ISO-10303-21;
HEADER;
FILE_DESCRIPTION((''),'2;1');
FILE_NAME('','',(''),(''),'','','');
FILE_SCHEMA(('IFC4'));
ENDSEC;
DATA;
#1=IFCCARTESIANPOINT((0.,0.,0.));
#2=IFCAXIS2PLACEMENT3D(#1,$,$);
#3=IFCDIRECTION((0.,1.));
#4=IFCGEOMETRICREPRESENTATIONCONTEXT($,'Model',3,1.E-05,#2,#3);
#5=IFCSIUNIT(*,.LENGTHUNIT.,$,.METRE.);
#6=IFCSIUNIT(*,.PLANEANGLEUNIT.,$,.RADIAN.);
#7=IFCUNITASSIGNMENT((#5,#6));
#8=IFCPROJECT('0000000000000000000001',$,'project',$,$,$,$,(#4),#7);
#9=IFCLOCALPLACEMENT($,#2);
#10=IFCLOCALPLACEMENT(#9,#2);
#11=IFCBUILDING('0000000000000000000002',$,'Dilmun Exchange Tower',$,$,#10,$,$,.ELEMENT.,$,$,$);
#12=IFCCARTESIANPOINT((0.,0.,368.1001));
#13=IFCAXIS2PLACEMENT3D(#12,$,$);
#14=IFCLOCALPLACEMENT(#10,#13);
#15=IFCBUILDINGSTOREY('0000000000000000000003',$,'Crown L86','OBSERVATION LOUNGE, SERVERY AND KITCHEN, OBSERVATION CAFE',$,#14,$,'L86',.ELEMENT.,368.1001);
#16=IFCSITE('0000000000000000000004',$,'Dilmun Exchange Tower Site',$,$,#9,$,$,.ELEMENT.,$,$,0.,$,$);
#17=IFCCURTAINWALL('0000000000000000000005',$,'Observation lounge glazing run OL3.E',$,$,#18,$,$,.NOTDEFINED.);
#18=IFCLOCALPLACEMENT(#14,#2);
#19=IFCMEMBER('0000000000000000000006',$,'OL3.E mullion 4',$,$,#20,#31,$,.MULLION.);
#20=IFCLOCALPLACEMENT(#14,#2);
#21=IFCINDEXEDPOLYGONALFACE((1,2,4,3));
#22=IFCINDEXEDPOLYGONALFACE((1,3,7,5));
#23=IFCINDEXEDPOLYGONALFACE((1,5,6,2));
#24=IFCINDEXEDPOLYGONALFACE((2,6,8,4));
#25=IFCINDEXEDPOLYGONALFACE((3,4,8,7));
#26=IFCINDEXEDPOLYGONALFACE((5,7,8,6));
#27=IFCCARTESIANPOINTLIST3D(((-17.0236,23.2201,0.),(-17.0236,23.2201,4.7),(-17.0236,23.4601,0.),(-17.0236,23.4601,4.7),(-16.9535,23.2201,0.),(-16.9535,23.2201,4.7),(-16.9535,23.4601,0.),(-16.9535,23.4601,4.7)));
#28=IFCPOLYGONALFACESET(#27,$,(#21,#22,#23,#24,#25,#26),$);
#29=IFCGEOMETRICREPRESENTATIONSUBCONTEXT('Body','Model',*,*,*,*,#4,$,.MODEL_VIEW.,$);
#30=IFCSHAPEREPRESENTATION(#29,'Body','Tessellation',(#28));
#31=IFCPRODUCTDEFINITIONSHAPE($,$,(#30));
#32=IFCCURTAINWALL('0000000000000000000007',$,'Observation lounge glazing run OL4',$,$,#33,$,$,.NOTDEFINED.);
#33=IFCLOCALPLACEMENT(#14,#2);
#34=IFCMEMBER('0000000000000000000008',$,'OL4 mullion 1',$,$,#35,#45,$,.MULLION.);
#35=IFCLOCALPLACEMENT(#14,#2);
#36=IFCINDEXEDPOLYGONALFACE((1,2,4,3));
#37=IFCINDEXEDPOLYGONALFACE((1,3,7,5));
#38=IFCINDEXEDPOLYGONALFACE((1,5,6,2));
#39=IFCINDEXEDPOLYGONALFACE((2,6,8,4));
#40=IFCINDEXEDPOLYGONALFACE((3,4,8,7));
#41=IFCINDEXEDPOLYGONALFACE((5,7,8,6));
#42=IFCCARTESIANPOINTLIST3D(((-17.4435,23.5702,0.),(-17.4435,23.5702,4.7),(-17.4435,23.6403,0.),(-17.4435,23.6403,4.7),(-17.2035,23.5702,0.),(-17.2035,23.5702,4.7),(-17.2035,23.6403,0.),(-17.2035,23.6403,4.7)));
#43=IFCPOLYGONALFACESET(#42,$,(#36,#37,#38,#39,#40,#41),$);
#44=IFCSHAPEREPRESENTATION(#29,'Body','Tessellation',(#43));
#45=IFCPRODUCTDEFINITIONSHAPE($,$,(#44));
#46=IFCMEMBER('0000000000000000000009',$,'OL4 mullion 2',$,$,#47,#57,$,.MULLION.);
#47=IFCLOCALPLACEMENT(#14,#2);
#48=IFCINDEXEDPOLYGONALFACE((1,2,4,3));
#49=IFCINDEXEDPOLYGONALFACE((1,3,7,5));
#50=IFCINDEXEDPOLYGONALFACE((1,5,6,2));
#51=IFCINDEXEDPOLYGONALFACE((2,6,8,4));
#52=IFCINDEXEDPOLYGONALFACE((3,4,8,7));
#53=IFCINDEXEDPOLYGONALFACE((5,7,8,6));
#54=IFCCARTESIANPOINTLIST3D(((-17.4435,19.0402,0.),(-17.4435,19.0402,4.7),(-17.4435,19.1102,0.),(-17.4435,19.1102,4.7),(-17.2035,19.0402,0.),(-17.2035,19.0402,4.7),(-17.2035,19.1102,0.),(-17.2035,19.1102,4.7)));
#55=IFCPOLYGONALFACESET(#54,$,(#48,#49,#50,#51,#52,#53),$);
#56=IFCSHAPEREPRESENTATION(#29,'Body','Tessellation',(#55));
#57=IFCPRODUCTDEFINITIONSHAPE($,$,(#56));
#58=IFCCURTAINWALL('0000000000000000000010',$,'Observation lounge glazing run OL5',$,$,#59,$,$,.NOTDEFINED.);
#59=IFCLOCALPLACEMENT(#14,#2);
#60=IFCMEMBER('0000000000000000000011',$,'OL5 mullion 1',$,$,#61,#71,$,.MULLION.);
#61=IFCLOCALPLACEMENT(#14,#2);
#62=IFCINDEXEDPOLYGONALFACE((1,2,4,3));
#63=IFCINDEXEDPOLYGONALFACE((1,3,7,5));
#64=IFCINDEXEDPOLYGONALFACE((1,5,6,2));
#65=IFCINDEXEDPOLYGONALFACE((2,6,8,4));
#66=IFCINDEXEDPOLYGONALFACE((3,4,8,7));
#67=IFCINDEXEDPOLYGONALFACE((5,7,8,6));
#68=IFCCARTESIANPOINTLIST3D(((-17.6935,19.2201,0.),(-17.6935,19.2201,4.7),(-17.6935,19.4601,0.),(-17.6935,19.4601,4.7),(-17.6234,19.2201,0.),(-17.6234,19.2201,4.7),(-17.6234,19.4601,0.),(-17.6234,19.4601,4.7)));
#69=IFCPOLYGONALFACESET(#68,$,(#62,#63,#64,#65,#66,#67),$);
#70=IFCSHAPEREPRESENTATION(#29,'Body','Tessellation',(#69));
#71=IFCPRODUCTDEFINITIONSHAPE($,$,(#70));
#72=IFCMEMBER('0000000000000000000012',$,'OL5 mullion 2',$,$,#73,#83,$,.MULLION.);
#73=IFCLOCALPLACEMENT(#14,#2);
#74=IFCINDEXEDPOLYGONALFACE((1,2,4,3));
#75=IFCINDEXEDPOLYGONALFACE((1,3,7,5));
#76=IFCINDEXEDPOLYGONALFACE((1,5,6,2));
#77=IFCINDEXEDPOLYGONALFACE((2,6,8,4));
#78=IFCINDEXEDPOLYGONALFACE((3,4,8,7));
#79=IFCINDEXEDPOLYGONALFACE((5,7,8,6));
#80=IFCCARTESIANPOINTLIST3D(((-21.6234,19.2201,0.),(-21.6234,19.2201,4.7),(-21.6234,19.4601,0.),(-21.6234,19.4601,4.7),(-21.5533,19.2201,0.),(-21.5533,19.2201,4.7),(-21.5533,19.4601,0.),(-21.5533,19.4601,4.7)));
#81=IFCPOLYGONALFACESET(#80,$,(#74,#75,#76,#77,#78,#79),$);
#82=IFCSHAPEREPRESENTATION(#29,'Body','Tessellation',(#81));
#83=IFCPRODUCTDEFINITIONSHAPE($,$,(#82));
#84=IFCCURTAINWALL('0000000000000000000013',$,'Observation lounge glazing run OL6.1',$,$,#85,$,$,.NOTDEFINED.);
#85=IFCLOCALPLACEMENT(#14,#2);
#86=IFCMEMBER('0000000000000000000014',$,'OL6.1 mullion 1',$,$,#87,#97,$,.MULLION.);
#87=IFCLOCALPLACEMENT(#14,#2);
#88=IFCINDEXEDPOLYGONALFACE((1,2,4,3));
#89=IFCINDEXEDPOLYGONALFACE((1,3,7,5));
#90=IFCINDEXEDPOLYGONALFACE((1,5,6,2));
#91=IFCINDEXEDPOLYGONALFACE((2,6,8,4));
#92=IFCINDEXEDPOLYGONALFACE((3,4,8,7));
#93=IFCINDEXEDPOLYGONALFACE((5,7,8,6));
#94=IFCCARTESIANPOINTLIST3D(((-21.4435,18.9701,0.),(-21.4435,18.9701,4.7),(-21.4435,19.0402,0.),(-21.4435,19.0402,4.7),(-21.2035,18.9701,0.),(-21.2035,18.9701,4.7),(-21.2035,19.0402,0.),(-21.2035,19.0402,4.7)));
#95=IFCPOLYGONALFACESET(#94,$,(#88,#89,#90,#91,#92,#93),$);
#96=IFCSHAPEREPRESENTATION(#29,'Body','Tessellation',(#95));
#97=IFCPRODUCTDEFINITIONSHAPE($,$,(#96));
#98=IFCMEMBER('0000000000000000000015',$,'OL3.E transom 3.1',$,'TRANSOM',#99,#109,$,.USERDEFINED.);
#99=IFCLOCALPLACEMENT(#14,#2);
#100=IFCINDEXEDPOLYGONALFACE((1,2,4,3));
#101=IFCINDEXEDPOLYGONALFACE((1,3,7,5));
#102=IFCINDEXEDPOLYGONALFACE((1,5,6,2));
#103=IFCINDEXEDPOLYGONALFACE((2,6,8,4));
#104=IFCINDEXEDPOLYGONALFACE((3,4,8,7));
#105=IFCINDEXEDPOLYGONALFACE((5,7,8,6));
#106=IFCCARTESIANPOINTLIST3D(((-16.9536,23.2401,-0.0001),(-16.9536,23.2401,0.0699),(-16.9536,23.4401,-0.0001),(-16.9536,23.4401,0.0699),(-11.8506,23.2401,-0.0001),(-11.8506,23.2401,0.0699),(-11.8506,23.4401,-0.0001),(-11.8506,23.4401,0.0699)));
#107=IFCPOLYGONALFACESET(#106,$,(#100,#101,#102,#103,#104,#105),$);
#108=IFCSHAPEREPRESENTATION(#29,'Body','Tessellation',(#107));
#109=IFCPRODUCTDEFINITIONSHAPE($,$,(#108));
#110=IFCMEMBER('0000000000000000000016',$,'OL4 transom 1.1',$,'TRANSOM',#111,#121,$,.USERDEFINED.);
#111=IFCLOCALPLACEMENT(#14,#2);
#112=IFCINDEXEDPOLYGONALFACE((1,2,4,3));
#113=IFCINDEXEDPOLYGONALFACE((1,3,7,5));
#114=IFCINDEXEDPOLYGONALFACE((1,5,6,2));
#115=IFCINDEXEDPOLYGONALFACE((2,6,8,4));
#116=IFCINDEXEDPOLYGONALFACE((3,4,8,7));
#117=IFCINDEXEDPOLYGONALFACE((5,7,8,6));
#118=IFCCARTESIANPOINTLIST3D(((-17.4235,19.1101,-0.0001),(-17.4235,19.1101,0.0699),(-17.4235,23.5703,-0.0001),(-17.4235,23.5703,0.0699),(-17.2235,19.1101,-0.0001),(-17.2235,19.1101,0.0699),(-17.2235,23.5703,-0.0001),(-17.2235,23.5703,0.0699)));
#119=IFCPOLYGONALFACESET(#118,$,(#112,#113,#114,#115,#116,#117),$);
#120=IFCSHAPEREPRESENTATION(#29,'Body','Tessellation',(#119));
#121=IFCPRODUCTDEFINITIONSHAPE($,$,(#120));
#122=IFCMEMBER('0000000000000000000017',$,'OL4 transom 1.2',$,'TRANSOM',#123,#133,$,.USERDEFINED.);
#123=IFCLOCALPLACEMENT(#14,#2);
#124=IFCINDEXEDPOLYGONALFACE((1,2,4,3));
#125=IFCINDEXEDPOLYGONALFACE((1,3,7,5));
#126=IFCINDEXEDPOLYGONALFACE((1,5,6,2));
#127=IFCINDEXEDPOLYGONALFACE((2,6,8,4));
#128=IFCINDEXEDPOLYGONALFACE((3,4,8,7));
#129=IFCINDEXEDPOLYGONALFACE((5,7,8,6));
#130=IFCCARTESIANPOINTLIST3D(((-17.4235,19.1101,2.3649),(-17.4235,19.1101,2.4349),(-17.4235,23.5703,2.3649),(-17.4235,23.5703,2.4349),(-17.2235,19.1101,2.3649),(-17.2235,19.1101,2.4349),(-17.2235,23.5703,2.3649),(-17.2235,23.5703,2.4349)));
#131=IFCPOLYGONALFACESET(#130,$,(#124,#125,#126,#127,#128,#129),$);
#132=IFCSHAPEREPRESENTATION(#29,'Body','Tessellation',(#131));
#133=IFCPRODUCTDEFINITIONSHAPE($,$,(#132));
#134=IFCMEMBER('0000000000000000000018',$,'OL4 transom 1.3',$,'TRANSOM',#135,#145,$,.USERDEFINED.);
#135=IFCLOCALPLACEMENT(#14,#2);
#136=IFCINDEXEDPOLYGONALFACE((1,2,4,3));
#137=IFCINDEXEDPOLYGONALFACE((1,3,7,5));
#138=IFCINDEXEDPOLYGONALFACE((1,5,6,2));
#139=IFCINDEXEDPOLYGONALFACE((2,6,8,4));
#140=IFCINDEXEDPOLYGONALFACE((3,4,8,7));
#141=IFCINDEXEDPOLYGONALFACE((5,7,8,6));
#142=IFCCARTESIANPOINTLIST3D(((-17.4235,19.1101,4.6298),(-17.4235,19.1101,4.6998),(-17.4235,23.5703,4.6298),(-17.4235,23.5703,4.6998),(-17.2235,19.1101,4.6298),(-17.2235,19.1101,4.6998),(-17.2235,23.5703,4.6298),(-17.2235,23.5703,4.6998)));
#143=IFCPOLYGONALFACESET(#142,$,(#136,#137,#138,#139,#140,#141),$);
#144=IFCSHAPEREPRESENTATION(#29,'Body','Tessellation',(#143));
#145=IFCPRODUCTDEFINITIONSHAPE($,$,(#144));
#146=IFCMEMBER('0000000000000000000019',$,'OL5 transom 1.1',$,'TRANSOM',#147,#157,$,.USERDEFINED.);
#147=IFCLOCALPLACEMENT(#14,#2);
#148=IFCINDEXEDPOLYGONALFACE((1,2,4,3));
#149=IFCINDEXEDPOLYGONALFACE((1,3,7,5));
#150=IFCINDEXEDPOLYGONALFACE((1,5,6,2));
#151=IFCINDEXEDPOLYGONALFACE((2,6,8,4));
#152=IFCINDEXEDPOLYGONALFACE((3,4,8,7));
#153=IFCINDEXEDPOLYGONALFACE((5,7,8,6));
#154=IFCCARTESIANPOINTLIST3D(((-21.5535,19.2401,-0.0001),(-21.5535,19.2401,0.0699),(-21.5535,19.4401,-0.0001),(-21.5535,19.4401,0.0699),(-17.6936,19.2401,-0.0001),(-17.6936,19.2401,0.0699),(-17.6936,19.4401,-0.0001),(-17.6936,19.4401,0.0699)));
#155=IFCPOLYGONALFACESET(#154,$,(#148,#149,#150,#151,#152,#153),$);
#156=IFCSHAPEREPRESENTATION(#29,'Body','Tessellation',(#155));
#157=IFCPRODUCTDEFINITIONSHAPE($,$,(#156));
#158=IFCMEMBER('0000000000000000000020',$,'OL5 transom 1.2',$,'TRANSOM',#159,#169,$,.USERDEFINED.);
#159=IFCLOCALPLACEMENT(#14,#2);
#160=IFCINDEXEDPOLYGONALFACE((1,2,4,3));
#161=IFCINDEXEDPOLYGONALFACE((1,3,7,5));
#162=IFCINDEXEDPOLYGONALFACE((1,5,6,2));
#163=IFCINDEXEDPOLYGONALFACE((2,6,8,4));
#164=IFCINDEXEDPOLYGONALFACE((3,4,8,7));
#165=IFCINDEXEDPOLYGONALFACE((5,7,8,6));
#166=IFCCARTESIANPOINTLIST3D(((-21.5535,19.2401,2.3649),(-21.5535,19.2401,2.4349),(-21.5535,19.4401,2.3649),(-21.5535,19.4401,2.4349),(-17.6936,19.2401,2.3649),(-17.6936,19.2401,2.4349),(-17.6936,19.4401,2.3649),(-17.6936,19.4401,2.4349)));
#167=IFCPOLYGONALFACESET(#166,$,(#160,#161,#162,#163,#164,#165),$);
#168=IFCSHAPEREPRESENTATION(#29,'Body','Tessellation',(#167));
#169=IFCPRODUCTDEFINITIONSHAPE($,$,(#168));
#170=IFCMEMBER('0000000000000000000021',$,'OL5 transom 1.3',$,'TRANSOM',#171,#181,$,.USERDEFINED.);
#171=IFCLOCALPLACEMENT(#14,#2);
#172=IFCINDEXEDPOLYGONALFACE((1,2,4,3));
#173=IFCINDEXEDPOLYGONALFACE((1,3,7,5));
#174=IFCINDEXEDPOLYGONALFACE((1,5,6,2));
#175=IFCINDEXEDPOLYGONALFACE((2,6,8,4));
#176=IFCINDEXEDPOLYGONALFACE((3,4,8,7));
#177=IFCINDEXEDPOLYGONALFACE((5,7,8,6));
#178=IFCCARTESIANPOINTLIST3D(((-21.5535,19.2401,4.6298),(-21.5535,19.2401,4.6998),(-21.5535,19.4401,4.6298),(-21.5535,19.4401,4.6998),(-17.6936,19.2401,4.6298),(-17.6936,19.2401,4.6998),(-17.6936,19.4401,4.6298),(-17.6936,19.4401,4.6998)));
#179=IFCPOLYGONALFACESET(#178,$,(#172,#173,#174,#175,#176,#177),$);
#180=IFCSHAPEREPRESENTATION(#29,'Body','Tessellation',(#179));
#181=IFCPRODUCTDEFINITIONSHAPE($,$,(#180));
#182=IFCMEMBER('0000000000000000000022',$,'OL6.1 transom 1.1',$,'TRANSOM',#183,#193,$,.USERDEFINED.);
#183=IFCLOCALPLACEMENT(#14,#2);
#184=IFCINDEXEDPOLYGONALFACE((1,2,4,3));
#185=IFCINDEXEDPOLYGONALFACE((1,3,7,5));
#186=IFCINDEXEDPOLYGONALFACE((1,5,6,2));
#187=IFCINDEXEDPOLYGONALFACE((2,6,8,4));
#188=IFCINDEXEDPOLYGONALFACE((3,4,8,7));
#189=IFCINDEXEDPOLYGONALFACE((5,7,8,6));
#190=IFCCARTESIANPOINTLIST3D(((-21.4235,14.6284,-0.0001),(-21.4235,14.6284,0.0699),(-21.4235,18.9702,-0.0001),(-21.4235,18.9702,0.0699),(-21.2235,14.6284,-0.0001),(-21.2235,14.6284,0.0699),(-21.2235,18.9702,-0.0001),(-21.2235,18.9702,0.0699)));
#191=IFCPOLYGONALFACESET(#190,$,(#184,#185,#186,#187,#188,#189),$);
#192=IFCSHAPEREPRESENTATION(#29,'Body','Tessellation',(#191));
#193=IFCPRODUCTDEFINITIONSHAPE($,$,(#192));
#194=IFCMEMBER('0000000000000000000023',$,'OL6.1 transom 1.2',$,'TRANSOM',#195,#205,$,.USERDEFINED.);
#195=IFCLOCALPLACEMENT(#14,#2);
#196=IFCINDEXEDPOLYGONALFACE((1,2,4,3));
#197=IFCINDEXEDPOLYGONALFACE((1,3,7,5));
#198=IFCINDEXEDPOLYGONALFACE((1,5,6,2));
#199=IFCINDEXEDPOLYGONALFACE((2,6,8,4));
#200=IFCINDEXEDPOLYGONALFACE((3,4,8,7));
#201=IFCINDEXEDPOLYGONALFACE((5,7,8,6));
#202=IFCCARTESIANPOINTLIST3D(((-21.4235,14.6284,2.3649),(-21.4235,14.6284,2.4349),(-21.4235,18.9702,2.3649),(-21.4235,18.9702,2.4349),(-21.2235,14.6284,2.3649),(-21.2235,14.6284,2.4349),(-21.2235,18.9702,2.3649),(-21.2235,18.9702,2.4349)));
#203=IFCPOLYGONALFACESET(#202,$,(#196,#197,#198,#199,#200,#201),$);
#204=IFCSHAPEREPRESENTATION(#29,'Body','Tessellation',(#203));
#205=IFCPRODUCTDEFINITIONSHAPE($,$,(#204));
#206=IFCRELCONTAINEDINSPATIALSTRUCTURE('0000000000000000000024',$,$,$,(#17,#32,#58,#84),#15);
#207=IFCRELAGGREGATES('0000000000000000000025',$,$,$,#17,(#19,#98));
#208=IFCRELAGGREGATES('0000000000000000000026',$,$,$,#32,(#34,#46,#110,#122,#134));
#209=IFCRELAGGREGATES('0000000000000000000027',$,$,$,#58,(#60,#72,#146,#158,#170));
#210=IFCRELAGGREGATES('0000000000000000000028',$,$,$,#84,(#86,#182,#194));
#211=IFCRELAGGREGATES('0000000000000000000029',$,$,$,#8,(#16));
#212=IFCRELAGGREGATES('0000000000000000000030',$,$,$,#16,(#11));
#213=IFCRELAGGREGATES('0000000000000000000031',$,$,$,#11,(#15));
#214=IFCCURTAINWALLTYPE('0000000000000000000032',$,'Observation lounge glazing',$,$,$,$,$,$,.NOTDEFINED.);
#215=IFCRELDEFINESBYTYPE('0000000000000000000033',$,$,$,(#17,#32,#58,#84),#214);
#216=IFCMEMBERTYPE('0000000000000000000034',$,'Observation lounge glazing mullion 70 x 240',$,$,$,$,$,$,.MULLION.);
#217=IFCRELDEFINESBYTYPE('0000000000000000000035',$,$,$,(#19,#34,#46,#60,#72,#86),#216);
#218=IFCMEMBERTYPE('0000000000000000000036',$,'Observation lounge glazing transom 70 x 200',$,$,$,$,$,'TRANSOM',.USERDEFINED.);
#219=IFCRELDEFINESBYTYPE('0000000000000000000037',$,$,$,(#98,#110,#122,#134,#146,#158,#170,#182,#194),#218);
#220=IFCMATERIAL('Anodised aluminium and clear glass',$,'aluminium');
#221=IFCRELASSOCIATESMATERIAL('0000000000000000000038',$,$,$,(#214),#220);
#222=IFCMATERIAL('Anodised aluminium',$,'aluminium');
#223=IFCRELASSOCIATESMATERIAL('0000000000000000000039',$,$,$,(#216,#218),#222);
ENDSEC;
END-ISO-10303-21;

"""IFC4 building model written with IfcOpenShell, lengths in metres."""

from ifc_helpers import new_model, si_unit, direction, frame, origin, origin_2d, place, context, subcontext, project, spatial, rectangle, extrude, material, material_profile, profile_set, type_object, element, aggregate, save


model = new_model("IFC4")

# Units and contexts
model_context = context("Model", 3, precision=1e-05, world=origin(), true_north=direction((0.0, 1.0)))
body_context = subcontext(model_context, "Body", "Model", "MODEL_VIEW")
ifc_project = project(units=[si_unit("LENGTHUNIT", "METRE"), si_unit("PLANEANGLEUNIT", "RADIAN")], contexts=[model_context])

# Site, building, storey
site_placement = place(None, origin())
site = spatial("IfcSite", under=ifc_project, at=site_placement, Name="Dilmun Exchange Tower Site", CompositionType="ELEMENT", RefElevation=0.0)
building_placement = place(site_placement, origin())
building = spatial("IfcBuilding", under=site, at=building_placement, Name="Dilmun Exchange Tower", CompositionType="ELEMENT")
storey_placement = place(building_placement, frame((0.0, 0.0, 368.1001)))
storey = spatial("IfcBuildingStorey", under=building, at=storey_placement, Name="Crown L86", Description="OBSERVATION LOUNGE, SERVERY AND KITCHEN, OBSERVATION CAFE", LongName="L86", CompositionType="ELEMENT", Elevation=368.1001)

# Curtain wall, member
ifc_material_1 = material(Name="Anodised aluminium and clear glass", Category="aluminium")
curtain_wall_type = type_object("IfcCurtainWallType", Name="Observation lounge glazing", PredefinedType="NOTDEFINED", material=ifc_material_1)
curtain_wall_1_placement = place(storey_placement, origin())
curtain_wall_1 = element("IfcCurtainWall", 1, at=curtain_wall_1_placement, inside=storey, type_object=curtain_wall_type, Name="Observation lounge glazing run OL3.E", PredefinedType="NOTDEFINED")
ifc_material_2 = material(Name="Anodised aluminium", Category="aluminium")
ifc_material_profile_1 = material_profile(ifc_material_2, rectangle(XDim=0.24, YDim=0.0701, at=origin_2d()), Name="AL 70x240")
ifc_profile_set_1 = profile_set([ifc_material_profile_1], Name="Anodised aluminium")
member_type_1 = type_object("IfcMemberType", Name="Observation lounge glazing mullion 70 x 240", PredefinedType="MULLION", material=ifc_profile_set_1)
member_1_placement = place(storey_placement, frame((-16.9885, 23.3401, 0.0), z_axis=(0.0, 0.0, 1.0), x_axis=(0.0, -1.0, 0.0)))
member_1 = element("IfcMember", 2, at=member_1_placement, type_object=member_type_1, Name="OL3.E mullion 4", PredefinedType="MULLION", context=body_context, shape_type="SweptSolid", body=[
    extrude(rectangle(XDim=0.24, YDim=0.0701, at=origin_2d()), origin(), (0.0, 0.0, 1.0), 4.7),
])

# Curtain walls, members
curtain_wall_2_placement = place(storey_placement, origin())
curtain_wall_2 = element("IfcCurtainWall", 3, at=curtain_wall_2_placement, inside=storey, type_object=curtain_wall_type, Name="Observation lounge glazing run OL4", PredefinedType="NOTDEFINED")
member_2_placement = place(storey_placement, frame((-17.3235, 23.6052, 0.0), z_axis=(0.0, 0.0, 1.0), x_axis=(1.0, 0.0, 0.0)))
member_2 = element("IfcMember", 4, at=member_2_placement, type_object=member_type_1, Name="OL4 mullion 1", PredefinedType="MULLION", context=body_context, shape_type="SweptSolid", body=[
    extrude(rectangle(XDim=0.24, YDim=0.0701, at=origin_2d()), origin(), (0.0, 0.0, 1.0), 4.7),
])
member_3_placement = place(storey_placement, frame((-17.3235, 19.0752, 0.0), z_axis=(0.0, 0.0, 1.0), x_axis=(1.0, 0.0, 0.0)))
member_3 = element("IfcMember", 5, at=member_3_placement, type_object=member_type_1, Name="OL4 mullion 2", PredefinedType="MULLION", context=body_context, shape_type="SweptSolid", body=[
    extrude(rectangle(XDim=0.24, YDim=0.0701, at=origin_2d()), origin(), (0.0, 0.0, 1.0), 4.7),
])
curtain_wall_3_placement = place(storey_placement, origin())
curtain_wall_3 = element("IfcCurtainWall", 6, at=curtain_wall_3_placement, inside=storey, type_object=curtain_wall_type, Name="Observation lounge glazing run OL5", PredefinedType="NOTDEFINED")
member_4_placement = place(storey_placement, frame((-17.6584, 19.3401, 0.0), z_axis=(0.0, 0.0, 1.0), x_axis=(0.0, -1.0, 0.0)))
member_4 = element("IfcMember", 7, at=member_4_placement, type_object=member_type_1, Name="OL5 mullion 1", PredefinedType="MULLION", context=body_context, shape_type="SweptSolid", body=[
    extrude(rectangle(XDim=0.24, YDim=0.0701, at=origin_2d()), origin(), (0.0, 0.0, 1.0), 4.7),
])
member_5_placement = place(storey_placement, frame((-21.5884, 19.3401, 0.0), z_axis=(0.0, 0.0, 1.0), x_axis=(0.0, -1.0, 0.0)))
member_5 = element("IfcMember", 8, at=member_5_placement, type_object=member_type_1, Name="OL5 mullion 2", PredefinedType="MULLION", context=body_context, shape_type="SweptSolid", body=[
    extrude(rectangle(XDim=0.24, YDim=0.0701, at=origin_2d()), origin(), (0.0, 0.0, 1.0), 4.7),
])

# Curtain wall, member
curtain_wall_4_placement = place(storey_placement, origin())
curtain_wall_4 = element("IfcCurtainWall", 9, at=curtain_wall_4_placement, inside=storey, type_object=curtain_wall_type, Name="Observation lounge glazing run OL6.1", PredefinedType="NOTDEFINED")
member_6_placement = place(storey_placement, frame((-21.3235, 19.0051, 0.0), z_axis=(0.0, 0.0, 1.0), x_axis=(1.0, 0.0, 0.0)))
member_6 = element("IfcMember", 10, at=member_6_placement, type_object=member_type_1, Name="OL6.1 mullion 1", PredefinedType="MULLION", context=body_context, shape_type="SweptSolid", body=[
    extrude(rectangle(XDim=0.24, YDim=0.0701, at=origin_2d()), origin(), (0.0, 0.0, 1.0), 4.7),
])

# Members
ifc_material_profile_2 = material_profile(ifc_material_2, rectangle(XDim=0.2, YDim=0.0701, at=origin_2d()), Name="AL 70x200")
ifc_profile_set_2 = profile_set([ifc_material_profile_2], Name="Anodised aluminium")
member_type_2 = type_object("IfcMemberType", Name="Observation lounge glazing transom 70 x 200", ElementType="TRANSOM", PredefinedType="USERDEFINED", material=ifc_profile_set_2)
member_7_placement = place(storey_placement, frame((-11.8506, 23.3401, 0.0349), z_axis=(-1.0, 0.0, 0.0), x_axis=(0.0, -1.0, 0.0)))
member_7 = element("IfcMember", 11, at=member_7_placement, type_object=member_type_2, Name="OL3.E transom 3.1", ObjectType="TRANSOM", PredefinedType="USERDEFINED", context=body_context, shape_type="SweptSolid", body=[
    extrude(rectangle(XDim=0.2, YDim=0.0701, at=origin_2d()), origin(), (0.0, 0.0, 1.0), 5.103),
])
member_8_placement = place(storey_placement, frame((-17.3235, 23.5703, 0.0349), z_axis=(0.0, -1.0, 0.0), x_axis=(1.0, 0.0, 0.0)))
member_8 = element("IfcMember", 12, at=member_8_placement, type_object=member_type_2, Name="OL4 transom 1.1", ObjectType="TRANSOM", PredefinedType="USERDEFINED", context=body_context, shape_type="SweptSolid", body=[
    extrude(rectangle(XDim=0.2, YDim=0.0701, at=origin_2d()), origin(), (0.0, 0.0, 1.0), 4.4602),
])
member_9_placement = place(storey_placement, frame((-17.3235, 23.5703, 2.3999), z_axis=(0.0, -1.0, 0.0), x_axis=(1.0, 0.0, 0.0)))
member_9 = element("IfcMember", 13, at=member_9_placement, type_object=member_type_2, Name="OL4 transom 1.2", ObjectType="TRANSOM", PredefinedType="USERDEFINED", context=body_context, shape_type="SweptSolid", body=[
    extrude(rectangle(XDim=0.2, YDim=0.0701, at=origin_2d()), origin(), (0.0, 0.0, 1.0), 4.4602),
])
member_10_placement = place(storey_placement, frame((-17.3235, 23.5703, 4.6648), z_axis=(0.0, -1.0, 0.0), x_axis=(1.0, 0.0, 0.0)))
member_10 = element("IfcMember", 14, at=member_10_placement, type_object=member_type_2, Name="OL4 transom 1.3", ObjectType="TRANSOM", PredefinedType="USERDEFINED", context=body_context, shape_type="SweptSolid", body=[
    extrude(rectangle(XDim=0.2, YDim=0.0701, at=origin_2d()), origin(), (0.0, 0.0, 1.0), 4.4602),
])
member_11_placement = place(storey_placement, frame((-17.6936, 19.3401, 0.0349), z_axis=(-1.0, 0.0, 0.0), x_axis=(0.0, -1.0, 0.0)))
member_11 = element("IfcMember", 15, at=member_11_placement, type_object=member_type_2, Name="OL5 transom 1.1", ObjectType="TRANSOM", PredefinedType="USERDEFINED", context=body_context, shape_type="SweptSolid", body=[
    extrude(rectangle(XDim=0.2, YDim=0.0701, at=origin_2d()), origin(), (0.0, 0.0, 1.0), 3.8599),
])
member_12_placement = place(storey_placement, frame((-17.6936, 19.3401, 2.3999), z_axis=(-1.0, 0.0, 0.0), x_axis=(0.0, -1.0, 0.0)))
member_12 = element("IfcMember", 16, at=member_12_placement, type_object=member_type_2, Name="OL5 transom 1.2", ObjectType="TRANSOM", PredefinedType="USERDEFINED", context=body_context, shape_type="SweptSolid", body=[
    extrude(rectangle(XDim=0.2, YDim=0.0701, at=origin_2d()), origin(), (0.0, 0.0, 1.0), 3.8599),
])
member_13_placement = place(storey_placement, frame((-17.6936, 19.3401, 4.6648), z_axis=(-1.0, 0.0, 0.0), x_axis=(0.0, -1.0, 0.0)))
member_13 = element("IfcMember", 17, at=member_13_placement, type_object=member_type_2, Name="OL5 transom 1.3", ObjectType="TRANSOM", PredefinedType="USERDEFINED", context=body_context, shape_type="SweptSolid", body=[
    extrude(rectangle(XDim=0.2, YDim=0.0701, at=origin_2d()), origin(), (0.0, 0.0, 1.0), 3.8599),
])
member_14_placement = place(storey_placement, frame((-21.3235, 18.9702, 0.0349), z_axis=(0.0, -1.0, 0.0), x_axis=(1.0, 0.0, 0.0)))
member_14 = element("IfcMember", 18, at=member_14_placement, type_object=member_type_2, Name="OL6.1 transom 1.1", ObjectType="TRANSOM", PredefinedType="USERDEFINED", context=body_context, shape_type="SweptSolid", body=[
    extrude(rectangle(XDim=0.2, YDim=0.0701, at=origin_2d()), origin(), (0.0, 0.0, 1.0), 4.3418),
])
member_15_placement = place(storey_placement, frame((-21.3235, 18.9702, 2.3999), z_axis=(0.0, -1.0, 0.0), x_axis=(1.0, 0.0, 0.0)))
member_15 = element("IfcMember", 19, at=member_15_placement, type_object=member_type_2, Name="OL6.1 transom 1.2", ObjectType="TRANSOM", PredefinedType="USERDEFINED", context=body_context, shape_type="SweptSolid", body=[
    extrude(rectangle(XDim=0.2, YDim=0.0701, at=origin_2d()), origin(), (0.0, 0.0, 1.0), 4.3418),
])

aggregate(curtain_wall_1, [member_1, member_7])
aggregate(curtain_wall_2, [member_2, member_3, member_8, member_9, member_10])
aggregate(curtain_wall_3, [member_4, member_5, member_11, member_12, member_13])
aggregate(curtain_wall_4, [member_6, member_14, member_15])

save(model, "model.ifc")
